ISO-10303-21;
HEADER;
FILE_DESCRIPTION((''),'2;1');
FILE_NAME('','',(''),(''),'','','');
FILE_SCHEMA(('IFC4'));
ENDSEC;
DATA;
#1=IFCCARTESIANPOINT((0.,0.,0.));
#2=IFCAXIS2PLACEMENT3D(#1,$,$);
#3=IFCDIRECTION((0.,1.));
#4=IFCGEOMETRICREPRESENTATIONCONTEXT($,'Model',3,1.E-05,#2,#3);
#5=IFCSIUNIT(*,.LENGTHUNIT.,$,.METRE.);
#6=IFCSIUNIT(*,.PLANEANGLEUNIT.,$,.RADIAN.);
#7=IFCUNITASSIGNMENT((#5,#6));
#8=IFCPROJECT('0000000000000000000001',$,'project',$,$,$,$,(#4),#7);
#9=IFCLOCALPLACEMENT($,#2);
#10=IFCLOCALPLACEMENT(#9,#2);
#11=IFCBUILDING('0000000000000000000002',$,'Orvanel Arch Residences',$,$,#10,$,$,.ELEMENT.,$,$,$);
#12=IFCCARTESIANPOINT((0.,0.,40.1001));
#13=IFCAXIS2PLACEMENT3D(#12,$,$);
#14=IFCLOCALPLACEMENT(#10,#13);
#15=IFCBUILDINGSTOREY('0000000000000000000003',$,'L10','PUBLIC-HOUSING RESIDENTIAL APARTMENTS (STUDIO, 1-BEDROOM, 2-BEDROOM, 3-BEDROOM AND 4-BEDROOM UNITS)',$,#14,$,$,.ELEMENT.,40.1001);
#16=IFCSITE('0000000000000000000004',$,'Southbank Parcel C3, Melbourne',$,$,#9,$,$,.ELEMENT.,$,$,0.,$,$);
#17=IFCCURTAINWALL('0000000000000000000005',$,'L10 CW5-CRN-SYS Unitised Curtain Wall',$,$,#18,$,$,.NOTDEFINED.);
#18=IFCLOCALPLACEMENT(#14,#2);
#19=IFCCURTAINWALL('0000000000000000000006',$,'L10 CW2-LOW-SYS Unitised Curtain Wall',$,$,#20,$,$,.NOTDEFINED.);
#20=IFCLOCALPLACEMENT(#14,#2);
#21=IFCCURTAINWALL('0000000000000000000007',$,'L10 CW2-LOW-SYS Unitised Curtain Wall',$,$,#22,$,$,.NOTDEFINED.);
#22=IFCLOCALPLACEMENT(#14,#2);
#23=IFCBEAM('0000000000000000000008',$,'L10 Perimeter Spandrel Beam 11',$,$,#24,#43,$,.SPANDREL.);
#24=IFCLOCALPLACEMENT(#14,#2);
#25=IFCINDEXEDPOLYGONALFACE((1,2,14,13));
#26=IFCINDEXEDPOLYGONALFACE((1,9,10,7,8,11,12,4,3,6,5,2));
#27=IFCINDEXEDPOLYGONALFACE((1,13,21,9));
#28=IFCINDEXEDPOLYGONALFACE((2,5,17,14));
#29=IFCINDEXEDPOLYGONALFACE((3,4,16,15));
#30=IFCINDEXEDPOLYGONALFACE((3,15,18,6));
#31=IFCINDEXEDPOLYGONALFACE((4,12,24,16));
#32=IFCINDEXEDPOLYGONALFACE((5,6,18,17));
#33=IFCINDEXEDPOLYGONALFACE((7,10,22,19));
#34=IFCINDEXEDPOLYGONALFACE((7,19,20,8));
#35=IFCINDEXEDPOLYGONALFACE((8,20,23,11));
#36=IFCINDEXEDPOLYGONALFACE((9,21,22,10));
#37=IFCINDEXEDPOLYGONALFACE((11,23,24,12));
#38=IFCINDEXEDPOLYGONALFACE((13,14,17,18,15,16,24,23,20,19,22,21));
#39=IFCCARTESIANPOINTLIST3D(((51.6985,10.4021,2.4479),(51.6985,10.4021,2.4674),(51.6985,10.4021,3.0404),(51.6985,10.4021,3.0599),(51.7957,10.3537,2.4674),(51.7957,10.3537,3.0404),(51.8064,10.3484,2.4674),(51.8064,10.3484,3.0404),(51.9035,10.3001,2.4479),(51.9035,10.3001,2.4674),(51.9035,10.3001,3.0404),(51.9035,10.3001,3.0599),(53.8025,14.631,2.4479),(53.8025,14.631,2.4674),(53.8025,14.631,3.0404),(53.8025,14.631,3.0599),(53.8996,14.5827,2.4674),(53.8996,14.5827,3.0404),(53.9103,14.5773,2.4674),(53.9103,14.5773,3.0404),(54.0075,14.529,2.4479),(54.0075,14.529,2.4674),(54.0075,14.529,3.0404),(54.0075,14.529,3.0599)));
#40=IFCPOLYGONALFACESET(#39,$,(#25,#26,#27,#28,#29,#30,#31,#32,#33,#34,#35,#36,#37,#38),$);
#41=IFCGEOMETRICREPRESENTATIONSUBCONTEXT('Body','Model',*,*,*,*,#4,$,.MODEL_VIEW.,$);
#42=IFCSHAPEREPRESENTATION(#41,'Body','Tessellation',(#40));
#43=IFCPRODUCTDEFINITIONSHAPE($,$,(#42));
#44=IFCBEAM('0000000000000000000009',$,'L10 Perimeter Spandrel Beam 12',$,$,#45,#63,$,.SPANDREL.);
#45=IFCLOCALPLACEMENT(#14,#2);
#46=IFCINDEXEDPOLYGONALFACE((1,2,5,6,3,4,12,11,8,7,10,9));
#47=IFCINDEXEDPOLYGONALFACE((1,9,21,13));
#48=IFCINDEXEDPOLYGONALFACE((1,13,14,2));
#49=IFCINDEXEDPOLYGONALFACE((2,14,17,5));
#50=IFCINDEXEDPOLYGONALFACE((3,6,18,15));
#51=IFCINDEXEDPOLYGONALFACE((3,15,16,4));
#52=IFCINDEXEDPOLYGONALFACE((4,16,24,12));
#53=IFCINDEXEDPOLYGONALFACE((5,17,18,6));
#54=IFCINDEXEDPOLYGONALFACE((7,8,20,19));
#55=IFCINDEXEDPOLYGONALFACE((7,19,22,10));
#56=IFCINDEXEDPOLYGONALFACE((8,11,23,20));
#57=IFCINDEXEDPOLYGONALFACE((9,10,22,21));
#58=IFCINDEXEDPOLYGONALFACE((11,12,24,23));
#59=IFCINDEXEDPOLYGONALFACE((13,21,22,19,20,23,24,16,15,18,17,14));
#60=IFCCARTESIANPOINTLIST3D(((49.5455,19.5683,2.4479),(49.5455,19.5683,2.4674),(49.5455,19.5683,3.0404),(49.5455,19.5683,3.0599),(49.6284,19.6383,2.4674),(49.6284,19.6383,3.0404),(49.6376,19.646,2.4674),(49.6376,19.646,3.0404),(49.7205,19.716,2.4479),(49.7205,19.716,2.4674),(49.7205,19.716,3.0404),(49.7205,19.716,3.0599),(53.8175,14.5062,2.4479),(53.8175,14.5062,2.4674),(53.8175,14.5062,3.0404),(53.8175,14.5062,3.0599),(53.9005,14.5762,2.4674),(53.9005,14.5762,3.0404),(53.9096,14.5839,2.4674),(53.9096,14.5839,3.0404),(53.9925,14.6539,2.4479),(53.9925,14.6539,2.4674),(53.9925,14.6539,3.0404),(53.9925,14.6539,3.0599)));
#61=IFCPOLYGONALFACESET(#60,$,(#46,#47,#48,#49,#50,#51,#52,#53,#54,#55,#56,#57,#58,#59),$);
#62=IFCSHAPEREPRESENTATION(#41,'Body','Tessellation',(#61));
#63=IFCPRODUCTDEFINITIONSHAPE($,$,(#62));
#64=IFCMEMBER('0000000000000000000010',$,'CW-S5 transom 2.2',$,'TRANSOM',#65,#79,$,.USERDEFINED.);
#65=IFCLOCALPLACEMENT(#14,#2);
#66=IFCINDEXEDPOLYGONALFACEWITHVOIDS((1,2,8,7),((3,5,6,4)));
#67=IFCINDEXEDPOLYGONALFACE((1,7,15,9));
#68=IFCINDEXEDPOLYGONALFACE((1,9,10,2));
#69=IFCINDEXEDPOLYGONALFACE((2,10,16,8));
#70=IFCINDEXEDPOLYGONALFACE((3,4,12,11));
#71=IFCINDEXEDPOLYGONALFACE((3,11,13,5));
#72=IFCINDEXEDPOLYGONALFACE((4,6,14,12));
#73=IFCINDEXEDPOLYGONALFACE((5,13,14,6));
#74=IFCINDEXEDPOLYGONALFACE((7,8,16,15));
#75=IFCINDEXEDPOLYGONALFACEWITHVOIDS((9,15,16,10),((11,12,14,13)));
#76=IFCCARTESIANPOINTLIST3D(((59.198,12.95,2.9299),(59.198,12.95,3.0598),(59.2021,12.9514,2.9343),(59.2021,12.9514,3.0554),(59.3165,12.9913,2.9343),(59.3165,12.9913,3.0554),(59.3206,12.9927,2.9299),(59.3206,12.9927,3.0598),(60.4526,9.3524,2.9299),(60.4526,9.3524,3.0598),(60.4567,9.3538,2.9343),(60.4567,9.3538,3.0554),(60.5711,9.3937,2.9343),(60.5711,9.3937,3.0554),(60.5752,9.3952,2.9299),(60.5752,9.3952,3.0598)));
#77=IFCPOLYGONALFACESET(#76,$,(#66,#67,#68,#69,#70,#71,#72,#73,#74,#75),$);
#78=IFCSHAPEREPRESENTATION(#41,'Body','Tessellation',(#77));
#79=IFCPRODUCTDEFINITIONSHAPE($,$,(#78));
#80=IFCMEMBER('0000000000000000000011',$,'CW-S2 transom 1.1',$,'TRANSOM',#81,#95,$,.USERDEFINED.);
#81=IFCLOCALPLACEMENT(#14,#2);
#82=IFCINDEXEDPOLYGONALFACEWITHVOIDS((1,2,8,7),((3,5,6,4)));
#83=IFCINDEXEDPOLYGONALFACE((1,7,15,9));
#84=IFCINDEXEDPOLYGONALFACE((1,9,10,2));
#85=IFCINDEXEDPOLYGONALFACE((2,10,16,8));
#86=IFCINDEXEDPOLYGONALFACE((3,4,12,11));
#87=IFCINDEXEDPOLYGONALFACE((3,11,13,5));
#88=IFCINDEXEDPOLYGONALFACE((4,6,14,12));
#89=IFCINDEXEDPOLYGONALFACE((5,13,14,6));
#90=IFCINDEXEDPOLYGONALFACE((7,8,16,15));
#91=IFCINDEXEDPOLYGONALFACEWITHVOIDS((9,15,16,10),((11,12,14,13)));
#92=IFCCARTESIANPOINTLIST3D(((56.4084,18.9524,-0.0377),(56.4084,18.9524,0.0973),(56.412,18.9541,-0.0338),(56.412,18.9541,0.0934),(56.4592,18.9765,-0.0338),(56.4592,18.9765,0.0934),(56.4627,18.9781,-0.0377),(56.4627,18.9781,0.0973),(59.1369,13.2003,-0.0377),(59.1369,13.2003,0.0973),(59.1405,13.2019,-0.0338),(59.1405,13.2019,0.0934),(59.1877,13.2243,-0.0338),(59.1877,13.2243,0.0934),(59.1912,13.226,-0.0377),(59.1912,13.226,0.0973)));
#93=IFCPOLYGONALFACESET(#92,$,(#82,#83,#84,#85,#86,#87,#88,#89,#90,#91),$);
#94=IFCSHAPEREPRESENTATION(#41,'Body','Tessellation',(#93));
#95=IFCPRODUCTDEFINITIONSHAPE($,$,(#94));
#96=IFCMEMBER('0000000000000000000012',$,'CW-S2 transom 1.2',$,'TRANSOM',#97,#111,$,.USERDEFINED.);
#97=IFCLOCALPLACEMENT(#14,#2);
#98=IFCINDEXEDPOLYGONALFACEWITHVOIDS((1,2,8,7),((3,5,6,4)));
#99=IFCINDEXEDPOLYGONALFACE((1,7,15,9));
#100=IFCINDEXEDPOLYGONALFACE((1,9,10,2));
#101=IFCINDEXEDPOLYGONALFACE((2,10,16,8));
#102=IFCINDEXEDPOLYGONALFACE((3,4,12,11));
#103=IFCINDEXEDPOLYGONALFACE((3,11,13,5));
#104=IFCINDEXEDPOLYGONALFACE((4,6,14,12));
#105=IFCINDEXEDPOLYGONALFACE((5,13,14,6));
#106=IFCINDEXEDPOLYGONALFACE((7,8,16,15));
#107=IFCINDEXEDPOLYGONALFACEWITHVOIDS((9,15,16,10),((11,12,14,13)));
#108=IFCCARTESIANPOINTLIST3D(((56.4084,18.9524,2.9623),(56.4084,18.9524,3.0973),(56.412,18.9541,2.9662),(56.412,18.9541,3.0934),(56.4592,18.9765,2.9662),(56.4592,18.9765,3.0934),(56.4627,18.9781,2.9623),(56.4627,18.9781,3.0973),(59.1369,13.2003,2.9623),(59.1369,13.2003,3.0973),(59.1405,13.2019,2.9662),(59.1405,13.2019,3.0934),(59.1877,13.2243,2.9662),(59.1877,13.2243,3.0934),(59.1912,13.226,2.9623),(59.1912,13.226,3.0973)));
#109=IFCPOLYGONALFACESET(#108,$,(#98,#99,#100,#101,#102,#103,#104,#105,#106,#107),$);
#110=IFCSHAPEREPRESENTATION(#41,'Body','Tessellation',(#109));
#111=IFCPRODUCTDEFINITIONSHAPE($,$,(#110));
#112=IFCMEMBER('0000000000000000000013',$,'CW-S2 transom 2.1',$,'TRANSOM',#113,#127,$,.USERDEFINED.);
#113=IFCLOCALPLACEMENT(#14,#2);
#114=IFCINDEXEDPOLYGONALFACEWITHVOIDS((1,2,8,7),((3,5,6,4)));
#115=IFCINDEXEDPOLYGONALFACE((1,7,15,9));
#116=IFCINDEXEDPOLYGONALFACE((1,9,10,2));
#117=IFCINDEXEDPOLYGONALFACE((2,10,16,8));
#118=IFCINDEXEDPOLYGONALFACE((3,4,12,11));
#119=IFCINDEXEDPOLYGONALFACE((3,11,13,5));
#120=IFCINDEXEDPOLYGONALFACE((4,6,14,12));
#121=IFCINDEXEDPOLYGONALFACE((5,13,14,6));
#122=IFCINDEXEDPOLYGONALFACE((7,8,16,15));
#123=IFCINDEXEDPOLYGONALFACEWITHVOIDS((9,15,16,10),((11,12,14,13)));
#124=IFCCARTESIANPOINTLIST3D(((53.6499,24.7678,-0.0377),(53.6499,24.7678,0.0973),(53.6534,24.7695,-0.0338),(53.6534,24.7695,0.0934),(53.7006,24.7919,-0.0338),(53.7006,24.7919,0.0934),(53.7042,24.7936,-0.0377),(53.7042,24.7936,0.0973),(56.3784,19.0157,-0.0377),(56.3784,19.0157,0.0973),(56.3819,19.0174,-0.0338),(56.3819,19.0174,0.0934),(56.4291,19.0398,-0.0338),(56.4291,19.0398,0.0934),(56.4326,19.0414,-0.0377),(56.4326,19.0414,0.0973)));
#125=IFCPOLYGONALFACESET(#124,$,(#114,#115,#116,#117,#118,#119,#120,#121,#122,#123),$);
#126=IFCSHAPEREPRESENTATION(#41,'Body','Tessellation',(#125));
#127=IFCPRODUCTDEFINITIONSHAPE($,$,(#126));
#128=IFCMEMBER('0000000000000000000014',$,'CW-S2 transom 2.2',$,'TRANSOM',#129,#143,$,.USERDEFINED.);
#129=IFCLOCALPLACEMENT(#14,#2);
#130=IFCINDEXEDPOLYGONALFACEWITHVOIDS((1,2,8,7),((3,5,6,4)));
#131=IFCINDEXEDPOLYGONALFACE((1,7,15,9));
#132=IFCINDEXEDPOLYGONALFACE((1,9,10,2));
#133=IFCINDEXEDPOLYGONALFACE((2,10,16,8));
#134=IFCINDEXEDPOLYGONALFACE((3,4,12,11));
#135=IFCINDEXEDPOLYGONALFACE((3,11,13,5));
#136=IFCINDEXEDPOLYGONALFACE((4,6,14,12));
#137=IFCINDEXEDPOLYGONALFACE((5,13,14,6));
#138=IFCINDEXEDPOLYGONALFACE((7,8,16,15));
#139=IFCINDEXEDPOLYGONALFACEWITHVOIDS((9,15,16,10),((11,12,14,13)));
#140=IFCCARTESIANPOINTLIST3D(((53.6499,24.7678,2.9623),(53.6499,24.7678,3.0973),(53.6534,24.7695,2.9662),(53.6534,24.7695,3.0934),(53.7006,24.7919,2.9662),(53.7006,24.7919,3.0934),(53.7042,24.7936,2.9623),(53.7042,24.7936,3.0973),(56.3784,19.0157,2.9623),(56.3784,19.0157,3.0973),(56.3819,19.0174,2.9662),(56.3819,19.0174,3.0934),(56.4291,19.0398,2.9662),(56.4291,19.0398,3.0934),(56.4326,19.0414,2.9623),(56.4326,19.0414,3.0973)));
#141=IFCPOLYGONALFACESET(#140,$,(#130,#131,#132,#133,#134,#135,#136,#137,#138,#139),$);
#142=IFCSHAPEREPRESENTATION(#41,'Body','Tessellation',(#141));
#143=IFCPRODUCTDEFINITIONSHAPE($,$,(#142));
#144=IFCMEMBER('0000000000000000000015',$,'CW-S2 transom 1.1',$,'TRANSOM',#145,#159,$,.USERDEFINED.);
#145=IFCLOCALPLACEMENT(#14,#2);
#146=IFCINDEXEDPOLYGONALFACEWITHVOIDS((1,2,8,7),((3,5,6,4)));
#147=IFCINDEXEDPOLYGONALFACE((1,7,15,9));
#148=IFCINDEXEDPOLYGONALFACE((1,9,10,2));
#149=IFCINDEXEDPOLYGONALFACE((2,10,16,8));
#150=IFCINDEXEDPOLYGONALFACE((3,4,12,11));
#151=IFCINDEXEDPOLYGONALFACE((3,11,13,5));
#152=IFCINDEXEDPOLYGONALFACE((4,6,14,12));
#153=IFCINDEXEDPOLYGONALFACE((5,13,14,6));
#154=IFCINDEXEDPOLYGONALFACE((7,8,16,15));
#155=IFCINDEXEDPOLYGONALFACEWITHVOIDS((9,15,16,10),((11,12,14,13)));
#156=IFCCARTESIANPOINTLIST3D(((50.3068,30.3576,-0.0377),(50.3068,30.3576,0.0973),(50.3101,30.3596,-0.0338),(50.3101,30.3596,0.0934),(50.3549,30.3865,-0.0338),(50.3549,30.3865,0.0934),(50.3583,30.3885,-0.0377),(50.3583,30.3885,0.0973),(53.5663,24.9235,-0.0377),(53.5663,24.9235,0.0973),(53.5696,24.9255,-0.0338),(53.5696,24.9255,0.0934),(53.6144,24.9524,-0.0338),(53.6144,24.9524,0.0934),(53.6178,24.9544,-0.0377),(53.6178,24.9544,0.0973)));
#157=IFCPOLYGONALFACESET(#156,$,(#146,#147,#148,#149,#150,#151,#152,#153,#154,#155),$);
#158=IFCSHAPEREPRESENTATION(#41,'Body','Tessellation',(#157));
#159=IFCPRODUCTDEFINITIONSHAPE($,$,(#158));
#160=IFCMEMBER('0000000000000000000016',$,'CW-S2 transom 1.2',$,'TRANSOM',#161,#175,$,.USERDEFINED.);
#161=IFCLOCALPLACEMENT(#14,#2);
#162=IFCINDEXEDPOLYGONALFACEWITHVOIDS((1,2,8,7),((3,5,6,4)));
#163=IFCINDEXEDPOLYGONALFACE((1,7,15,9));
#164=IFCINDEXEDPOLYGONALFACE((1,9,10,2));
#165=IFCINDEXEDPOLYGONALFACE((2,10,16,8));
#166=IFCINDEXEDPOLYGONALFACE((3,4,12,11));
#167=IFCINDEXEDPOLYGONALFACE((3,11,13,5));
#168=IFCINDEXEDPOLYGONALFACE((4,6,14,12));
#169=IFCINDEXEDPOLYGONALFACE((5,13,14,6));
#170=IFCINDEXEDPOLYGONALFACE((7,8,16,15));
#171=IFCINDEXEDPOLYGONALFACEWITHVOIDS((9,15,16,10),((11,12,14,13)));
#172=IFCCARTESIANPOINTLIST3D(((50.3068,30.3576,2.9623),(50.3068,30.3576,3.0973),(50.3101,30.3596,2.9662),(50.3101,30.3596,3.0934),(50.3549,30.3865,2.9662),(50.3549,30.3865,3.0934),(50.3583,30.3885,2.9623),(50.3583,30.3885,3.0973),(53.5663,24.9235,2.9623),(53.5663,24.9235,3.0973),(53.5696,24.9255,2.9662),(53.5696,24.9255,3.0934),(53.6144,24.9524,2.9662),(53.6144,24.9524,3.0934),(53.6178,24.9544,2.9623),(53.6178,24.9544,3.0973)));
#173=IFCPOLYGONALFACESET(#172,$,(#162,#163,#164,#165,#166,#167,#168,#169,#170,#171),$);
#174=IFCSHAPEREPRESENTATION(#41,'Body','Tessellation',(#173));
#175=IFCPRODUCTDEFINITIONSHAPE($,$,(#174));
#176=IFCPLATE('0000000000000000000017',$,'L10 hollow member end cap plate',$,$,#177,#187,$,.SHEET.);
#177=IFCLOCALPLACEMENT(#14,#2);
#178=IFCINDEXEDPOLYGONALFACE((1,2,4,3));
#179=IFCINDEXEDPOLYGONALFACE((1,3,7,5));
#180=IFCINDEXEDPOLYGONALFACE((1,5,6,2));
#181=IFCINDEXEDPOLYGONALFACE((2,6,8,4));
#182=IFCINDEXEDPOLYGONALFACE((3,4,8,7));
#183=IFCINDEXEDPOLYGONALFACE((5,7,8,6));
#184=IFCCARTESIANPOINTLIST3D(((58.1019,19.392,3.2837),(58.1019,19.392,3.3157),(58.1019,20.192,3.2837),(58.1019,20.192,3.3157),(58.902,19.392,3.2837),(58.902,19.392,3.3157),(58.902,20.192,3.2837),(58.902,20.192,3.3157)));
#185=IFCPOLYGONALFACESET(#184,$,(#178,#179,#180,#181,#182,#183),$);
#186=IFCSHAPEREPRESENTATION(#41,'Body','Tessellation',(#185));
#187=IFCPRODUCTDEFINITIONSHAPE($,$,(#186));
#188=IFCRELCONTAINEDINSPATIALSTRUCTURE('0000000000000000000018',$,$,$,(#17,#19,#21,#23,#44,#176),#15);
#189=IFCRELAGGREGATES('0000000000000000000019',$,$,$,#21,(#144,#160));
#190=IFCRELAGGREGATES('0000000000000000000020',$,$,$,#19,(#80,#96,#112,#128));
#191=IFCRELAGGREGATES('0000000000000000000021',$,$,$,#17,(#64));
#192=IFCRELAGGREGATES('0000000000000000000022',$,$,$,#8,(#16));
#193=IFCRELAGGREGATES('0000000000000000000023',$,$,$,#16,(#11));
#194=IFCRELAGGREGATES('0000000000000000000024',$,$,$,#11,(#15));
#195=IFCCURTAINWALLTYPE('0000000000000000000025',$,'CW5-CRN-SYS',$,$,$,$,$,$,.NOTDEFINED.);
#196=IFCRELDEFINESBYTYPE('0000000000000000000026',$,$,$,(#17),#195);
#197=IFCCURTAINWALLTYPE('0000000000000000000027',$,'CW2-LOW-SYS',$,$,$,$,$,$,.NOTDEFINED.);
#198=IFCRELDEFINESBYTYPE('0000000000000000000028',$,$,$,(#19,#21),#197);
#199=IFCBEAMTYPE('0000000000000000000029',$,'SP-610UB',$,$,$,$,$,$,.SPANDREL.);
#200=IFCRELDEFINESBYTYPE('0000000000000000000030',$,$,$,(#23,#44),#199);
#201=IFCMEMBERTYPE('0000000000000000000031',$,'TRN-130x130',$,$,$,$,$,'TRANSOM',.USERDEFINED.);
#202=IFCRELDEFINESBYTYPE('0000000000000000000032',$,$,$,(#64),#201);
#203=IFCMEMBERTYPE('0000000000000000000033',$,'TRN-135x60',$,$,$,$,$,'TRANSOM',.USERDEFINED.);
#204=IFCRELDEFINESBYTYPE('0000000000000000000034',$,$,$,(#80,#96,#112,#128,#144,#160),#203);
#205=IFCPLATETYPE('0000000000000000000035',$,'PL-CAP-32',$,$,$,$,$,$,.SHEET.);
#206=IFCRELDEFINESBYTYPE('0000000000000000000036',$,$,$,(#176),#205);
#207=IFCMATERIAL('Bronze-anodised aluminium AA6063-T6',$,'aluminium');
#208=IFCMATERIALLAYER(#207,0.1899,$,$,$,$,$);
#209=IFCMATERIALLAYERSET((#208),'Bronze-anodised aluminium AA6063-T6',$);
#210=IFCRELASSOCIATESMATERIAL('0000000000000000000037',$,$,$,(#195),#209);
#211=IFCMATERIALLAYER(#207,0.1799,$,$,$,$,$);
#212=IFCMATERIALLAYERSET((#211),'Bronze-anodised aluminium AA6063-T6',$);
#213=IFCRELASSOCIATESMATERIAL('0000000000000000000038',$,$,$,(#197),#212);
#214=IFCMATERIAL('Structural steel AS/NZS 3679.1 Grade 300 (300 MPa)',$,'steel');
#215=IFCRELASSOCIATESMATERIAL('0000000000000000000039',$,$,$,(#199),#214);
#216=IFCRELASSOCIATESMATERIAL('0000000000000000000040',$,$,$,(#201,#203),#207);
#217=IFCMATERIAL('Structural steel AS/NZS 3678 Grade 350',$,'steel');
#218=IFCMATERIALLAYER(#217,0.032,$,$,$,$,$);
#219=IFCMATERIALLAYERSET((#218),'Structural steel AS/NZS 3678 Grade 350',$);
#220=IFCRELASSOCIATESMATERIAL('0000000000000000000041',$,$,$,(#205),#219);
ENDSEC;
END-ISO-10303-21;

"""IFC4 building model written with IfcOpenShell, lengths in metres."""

from ifc_helpers import new_model, si_unit, direction, frame, origin, origin_2d, place, context, subcontext, project, spatial, rectangle, hollow_rectangle, i_section, extrude, material, layer, layer_set, material_profile, profile_set, type_object, element, aggregate, save


model = new_model("IFC4")

# Units and contexts
model_context = context("Model", 3, precision=1e-05, world=origin(), true_north=direction((0.0, 1.0)))
body_context = subcontext(model_context, "Body", "Model", "MODEL_VIEW")
ifc_project = project(units=[si_unit("LENGTHUNIT", "METRE"), si_unit("PLANEANGLEUNIT", "RADIAN")], contexts=[model_context])

# Site, building, storey
site_placement = place(None, origin())
site = spatial("IfcSite", under=ifc_project, at=site_placement, Name="Southbank Parcel C3, Melbourne", CompositionType="ELEMENT", RefElevation=0.0)
building_placement = place(site_placement, origin())
building = spatial("IfcBuilding", under=site, at=building_placement, Name="Orvanel Arch Residences", CompositionType="ELEMENT")
storey_placement = place(building_placement, frame((0.0, 0.0, 40.1001)))
storey = spatial("IfcBuildingStorey", under=building, at=storey_placement, Name="L10", Description="PUBLIC-HOUSING RESIDENTIAL APARTMENTS (STUDIO, 1-BEDROOM, 2-BEDROOM, 3-BEDROOM AND 4-BEDROOM UNITS)", CompositionType="ELEMENT", Elevation=40.1001)

# Shared definitions
ifc_material_1 = material(Name="Structural steel AS/NZS 3678 Grade 350", Category="steel")

# Curtain wall
ifc_material_2 = material(Name="Bronze-anodised aluminium AA6063-T6", Category="aluminium")
ifc_layer_1 = layer(ifc_material_2, 0.1899)
ifc_layer_set_1 = layer_set([ifc_layer_1], Name="Bronze-anodised aluminium AA6063-T6")
curtain_wall_type_1 = type_object("IfcCurtainWallType", Name="CW5-CRN-SYS", PredefinedType="NOTDEFINED", material=ifc_layer_set_1)
curtain_wall_1_placement = place(storey_placement, origin())
curtain_wall_1 = element("IfcCurtainWall", 1, at=curtain_wall_1_placement, inside=storey, type_object=curtain_wall_type_1, Name="L10 CW5-CRN-SYS Unitised Curtain Wall", PredefinedType="NOTDEFINED")

# Curtain wall
ifc_layer_2 = layer(ifc_material_2, 0.1799)
ifc_layer_set_2 = layer_set([ifc_layer_2], Name="Bronze-anodised aluminium AA6063-T6")
curtain_wall_type_2 = type_object("IfcCurtainWallType", Name="CW2-LOW-SYS", PredefinedType="NOTDEFINED", material=ifc_layer_set_2)
curtain_wall_2_placement = place(storey_placement, origin())
curtain_wall_2 = element("IfcCurtainWall", 2, at=curtain_wall_2_placement, inside=storey, type_object=curtain_wall_type_2, Name="L10 CW2-LOW-SYS Unitised Curtain Wall", PredefinedType="NOTDEFINED")

# Curtain wall
curtain_wall_3_placement = place(storey_placement, origin())
curtain_wall_3 = element("IfcCurtainWall", 3, at=curtain_wall_3_placement, inside=storey, type_object=curtain_wall_type_2, Name="L10 CW2-LOW-SYS Unitised Curtain Wall", PredefinedType="NOTDEFINED")

# Beams
ifc_material_3 = material(Name="Structural steel AS/NZS 3679.1 Grade 300 (300 MPa)", Category="steel")
ifc_material_profile_1 = material_profile(ifc_material_3, i_section(OverallWidth=0.229, OverallDepth=0.6121, WebThickness=0.012, FlangeThickness=0.0195, at=origin_2d()), Name="610UB125")
ifc_profile_set_1 = profile_set([ifc_material_profile_1], Name="Structural steel AS/NZS 3679.1 Grade 300 (300 MPa)")
beam_type_1 = type_object("IfcBeamType", Name="SP-610UB", PredefinedType="SPANDREL", material=ifc_profile_set_1)
beam_1_placement = place(storey_placement, frame((51.801, 10.3511, 2.7539), z_axis=(0.445435, 0.895314, 0.0), x_axis=(-0.895314, 0.445435, 0.0)))
element("IfcBeam", 4, at=beam_1_placement, inside=storey, type_object=beam_type_1, Name="L10 Perimeter Spandrel Beam 11", PredefinedType="SPANDREL", context=body_context, shape_type="SweptSolid", body=[
    extrude(i_section(OverallWidth=0.229, OverallDepth=0.6121, WebThickness=0.012, FlangeThickness=0.0195, at=origin_2d()), origin(), (0.0, 0.0, 1.0), 4.7234),
])
beam_2_placement = place(storey_placement, frame((53.905, 14.5801, 2.7539), z_axis=(-0.64495, 0.764224, 0.0), x_axis=(-0.764224, -0.64495, 0.0)))
element("IfcBeam", 5, at=beam_2_placement, inside=storey, type_object=beam_type_1, Name="L10 Perimeter Spandrel Beam 12", PredefinedType="SPANDREL", context=body_context, shape_type="SweptSolid", body=[
    extrude(i_section(OverallWidth=0.229, OverallDepth=0.6121, WebThickness=0.012, FlangeThickness=0.0195, at=origin_2d()), origin(), (0.0, 0.0, 1.0), 6.6238),
])

# Members
ifc_material_profile_2 = material_profile(ifc_material_2, hollow_rectangle(XDim=0.1299, YDim=0.1299, WallThickness=0.0044, at=origin_2d()), Name="ALU130x130x4.5")
ifc_profile_set_2 = profile_set([ifc_material_profile_2], Name="Bronze-anodised aluminium AA6063-T6")
member_type_1 = type_object("IfcMemberType", Name="TRN-130x130", ElementType="TRANSOM", PredefinedType="USERDEFINED", material=ifc_profile_set_2)
member_1_placement = place(storey_placement, frame((60.5139, 9.3738, 2.9949), z_axis=(-0.329288, 0.944229, 0.0), x_axis=(-0.944229, -0.329288, 0.0)))
member_1 = element("IfcMember", 6, at=member_1_placement, type_object=member_type_1, Name="CW-S5 transom 2.2", ObjectType="TRANSOM", PredefinedType="USERDEFINED", context=body_context, shape_type="SweptSolid", body=[
    extrude(hollow_rectangle(XDim=0.1299, YDim=0.1299, WallThickness=0.0044, at=origin_2d()), origin(), (0.0, 0.0, 1.0), 3.8101),
])
ifc_material_profile_3 = material_profile(ifc_material_2, hollow_rectangle(XDim=0.0601, YDim=0.135, WallThickness=0.0039, at=origin_2d()), Name="ALU135x60x4")
ifc_profile_set_3 = profile_set([ifc_material_profile_3], Name="Bronze-anodised aluminium AA6063-T6")
member_type_2 = type_object("IfcMemberType", Name="TRN-135x60", ElementType="TRANSOM", PredefinedType="USERDEFINED", material=ifc_profile_set_3)
member_2_placement = place(storey_placement, frame((59.1641, 13.2131, 0.0298), z_axis=(-0.428573, 0.903507, 0.0), x_axis=(-0.903507, -0.428573, 0.0)))
member_2 = element("IfcMember", 7, at=member_2_placement, type_object=member_type_2, Name="CW-S2 transom 1.1", ObjectType="TRANSOM", PredefinedType="USERDEFINED", context=body_context, shape_type="SweptSolid", body=[
    extrude(hollow_rectangle(XDim=0.0601, YDim=0.135, WallThickness=0.0039, at=origin_2d()), origin(), (0.0, 0.0, 1.0), 6.3665),
])
member_3_placement = place(storey_placement, frame((59.1641, 13.2131, 3.0298), z_axis=(-0.428573, 0.903507, 0.0), x_axis=(-0.903507, -0.428573, 0.0)))
member_3 = element("IfcMember", 8, at=member_3_placement, type_object=member_type_2, Name="CW-S2 transom 1.2", ObjectType="TRANSOM", PredefinedType="USERDEFINED", context=body_context, shape_type="SweptSolid", body=[
    extrude(hollow_rectangle(XDim=0.0601, YDim=0.135, WallThickness=0.0039, at=origin_2d()), origin(), (0.0, 0.0, 1.0), 6.3665),
])
member_4_placement = place(storey_placement, frame((56.4055, 19.0286, 0.0298), z_axis=(-0.428573, 0.903507, 0.0), x_axis=(-0.903507, -0.428573, 0.0)))
member_4 = element("IfcMember", 9, at=member_4_placement, type_object=member_type_2, Name="CW-S2 transom 2.1", ObjectType="TRANSOM", PredefinedType="USERDEFINED", context=body_context, shape_type="SweptSolid", body=[
    extrude(hollow_rectangle(XDim=0.0601, YDim=0.135, WallThickness=0.0039, at=origin_2d()), origin(), (0.0, 0.0, 1.0), 6.3665),
])
member_5_placement = place(storey_placement, frame((56.4055, 19.0286, 3.0298), z_axis=(-0.428573, 0.903507, 0.0), x_axis=(-0.903507, -0.428573, 0.0)))
member_5 = element("IfcMember", 10, at=member_5_placement, type_object=member_type_2, Name="CW-S2 transom 2.2", ObjectType="TRANSOM", PredefinedType="USERDEFINED", context=body_context, shape_type="SweptSolid", body=[
    extrude(hollow_rectangle(XDim=0.0601, YDim=0.135, WallThickness=0.0039, at=origin_2d()), origin(), (0.0, 0.0, 1.0), 6.3665),
])
member_6_placement = place(storey_placement, frame((53.592, 24.939, 0.0298), z_axis=(-0.514388, 0.857558, 0.0), x_axis=(-0.857558, -0.514388, 0.0)))
member_6 = element("IfcMember", 11, at=member_6_placement, type_object=member_type_2, Name="CW-S2 transom 1.1", ObjectType="TRANSOM", PredefinedType="USERDEFINED", context=body_context, shape_type="SweptSolid", body=[
    extrude(hollow_rectangle(XDim=0.0601, YDim=0.135, WallThickness=0.0039, at=origin_2d()), origin(), (0.0, 0.0, 1.0), 6.3367),
])
member_7_placement = place(storey_placement, frame((53.592, 24.939, 3.0298), z_axis=(-0.514388, 0.857558, 0.0), x_axis=(-0.857558, -0.514388, 0.0)))
member_7 = element("IfcMember", 12, at=member_7_placement, type_object=member_type_2, Name="CW-S2 transom 1.2", ObjectType="TRANSOM", PredefinedType="USERDEFINED", context=body_context, shape_type="SweptSolid", body=[
    extrude(hollow_rectangle(XDim=0.0601, YDim=0.135, WallThickness=0.0039, at=origin_2d()), origin(), (0.0, 0.0, 1.0), 6.3367),
])
aggregate(curtain_wall_3, [member_6, member_7])

# Plate
ifc_layer_3 = layer(ifc_material_1, 0.032)
ifc_layer_set_3 = layer_set([ifc_layer_3], Name="Structural steel AS/NZS 3678 Grade 350")
plate_type_1 = type_object("IfcPlateType", Name="PL-CAP-32", PredefinedType="SHEET", material=ifc_layer_set_3)
plate_1_placement = place(storey_placement, frame((58.502, 19.792, 3.2837), z_axis=(0.0, 0.0, 1.0), x_axis=(1.0, 0.0, 0.0)))
element("IfcPlate", 13, at=plate_1_placement, inside=storey, type_object=plate_type_1, Name="L10 hollow member end cap plate", PredefinedType="SHEET", context=body_context, shape_type="SweptSolid", body=[
    extrude(rectangle(XDim=0.8, YDim=0.8, at=origin_2d()), origin(), (0.0, 0.0, 1.0), 0.032),
])
aggregate(curtain_wall_2, [member_2, member_3, member_4, member_5])
aggregate(curtain_wall_1, [member_1])

save(model, "model.ifc")
